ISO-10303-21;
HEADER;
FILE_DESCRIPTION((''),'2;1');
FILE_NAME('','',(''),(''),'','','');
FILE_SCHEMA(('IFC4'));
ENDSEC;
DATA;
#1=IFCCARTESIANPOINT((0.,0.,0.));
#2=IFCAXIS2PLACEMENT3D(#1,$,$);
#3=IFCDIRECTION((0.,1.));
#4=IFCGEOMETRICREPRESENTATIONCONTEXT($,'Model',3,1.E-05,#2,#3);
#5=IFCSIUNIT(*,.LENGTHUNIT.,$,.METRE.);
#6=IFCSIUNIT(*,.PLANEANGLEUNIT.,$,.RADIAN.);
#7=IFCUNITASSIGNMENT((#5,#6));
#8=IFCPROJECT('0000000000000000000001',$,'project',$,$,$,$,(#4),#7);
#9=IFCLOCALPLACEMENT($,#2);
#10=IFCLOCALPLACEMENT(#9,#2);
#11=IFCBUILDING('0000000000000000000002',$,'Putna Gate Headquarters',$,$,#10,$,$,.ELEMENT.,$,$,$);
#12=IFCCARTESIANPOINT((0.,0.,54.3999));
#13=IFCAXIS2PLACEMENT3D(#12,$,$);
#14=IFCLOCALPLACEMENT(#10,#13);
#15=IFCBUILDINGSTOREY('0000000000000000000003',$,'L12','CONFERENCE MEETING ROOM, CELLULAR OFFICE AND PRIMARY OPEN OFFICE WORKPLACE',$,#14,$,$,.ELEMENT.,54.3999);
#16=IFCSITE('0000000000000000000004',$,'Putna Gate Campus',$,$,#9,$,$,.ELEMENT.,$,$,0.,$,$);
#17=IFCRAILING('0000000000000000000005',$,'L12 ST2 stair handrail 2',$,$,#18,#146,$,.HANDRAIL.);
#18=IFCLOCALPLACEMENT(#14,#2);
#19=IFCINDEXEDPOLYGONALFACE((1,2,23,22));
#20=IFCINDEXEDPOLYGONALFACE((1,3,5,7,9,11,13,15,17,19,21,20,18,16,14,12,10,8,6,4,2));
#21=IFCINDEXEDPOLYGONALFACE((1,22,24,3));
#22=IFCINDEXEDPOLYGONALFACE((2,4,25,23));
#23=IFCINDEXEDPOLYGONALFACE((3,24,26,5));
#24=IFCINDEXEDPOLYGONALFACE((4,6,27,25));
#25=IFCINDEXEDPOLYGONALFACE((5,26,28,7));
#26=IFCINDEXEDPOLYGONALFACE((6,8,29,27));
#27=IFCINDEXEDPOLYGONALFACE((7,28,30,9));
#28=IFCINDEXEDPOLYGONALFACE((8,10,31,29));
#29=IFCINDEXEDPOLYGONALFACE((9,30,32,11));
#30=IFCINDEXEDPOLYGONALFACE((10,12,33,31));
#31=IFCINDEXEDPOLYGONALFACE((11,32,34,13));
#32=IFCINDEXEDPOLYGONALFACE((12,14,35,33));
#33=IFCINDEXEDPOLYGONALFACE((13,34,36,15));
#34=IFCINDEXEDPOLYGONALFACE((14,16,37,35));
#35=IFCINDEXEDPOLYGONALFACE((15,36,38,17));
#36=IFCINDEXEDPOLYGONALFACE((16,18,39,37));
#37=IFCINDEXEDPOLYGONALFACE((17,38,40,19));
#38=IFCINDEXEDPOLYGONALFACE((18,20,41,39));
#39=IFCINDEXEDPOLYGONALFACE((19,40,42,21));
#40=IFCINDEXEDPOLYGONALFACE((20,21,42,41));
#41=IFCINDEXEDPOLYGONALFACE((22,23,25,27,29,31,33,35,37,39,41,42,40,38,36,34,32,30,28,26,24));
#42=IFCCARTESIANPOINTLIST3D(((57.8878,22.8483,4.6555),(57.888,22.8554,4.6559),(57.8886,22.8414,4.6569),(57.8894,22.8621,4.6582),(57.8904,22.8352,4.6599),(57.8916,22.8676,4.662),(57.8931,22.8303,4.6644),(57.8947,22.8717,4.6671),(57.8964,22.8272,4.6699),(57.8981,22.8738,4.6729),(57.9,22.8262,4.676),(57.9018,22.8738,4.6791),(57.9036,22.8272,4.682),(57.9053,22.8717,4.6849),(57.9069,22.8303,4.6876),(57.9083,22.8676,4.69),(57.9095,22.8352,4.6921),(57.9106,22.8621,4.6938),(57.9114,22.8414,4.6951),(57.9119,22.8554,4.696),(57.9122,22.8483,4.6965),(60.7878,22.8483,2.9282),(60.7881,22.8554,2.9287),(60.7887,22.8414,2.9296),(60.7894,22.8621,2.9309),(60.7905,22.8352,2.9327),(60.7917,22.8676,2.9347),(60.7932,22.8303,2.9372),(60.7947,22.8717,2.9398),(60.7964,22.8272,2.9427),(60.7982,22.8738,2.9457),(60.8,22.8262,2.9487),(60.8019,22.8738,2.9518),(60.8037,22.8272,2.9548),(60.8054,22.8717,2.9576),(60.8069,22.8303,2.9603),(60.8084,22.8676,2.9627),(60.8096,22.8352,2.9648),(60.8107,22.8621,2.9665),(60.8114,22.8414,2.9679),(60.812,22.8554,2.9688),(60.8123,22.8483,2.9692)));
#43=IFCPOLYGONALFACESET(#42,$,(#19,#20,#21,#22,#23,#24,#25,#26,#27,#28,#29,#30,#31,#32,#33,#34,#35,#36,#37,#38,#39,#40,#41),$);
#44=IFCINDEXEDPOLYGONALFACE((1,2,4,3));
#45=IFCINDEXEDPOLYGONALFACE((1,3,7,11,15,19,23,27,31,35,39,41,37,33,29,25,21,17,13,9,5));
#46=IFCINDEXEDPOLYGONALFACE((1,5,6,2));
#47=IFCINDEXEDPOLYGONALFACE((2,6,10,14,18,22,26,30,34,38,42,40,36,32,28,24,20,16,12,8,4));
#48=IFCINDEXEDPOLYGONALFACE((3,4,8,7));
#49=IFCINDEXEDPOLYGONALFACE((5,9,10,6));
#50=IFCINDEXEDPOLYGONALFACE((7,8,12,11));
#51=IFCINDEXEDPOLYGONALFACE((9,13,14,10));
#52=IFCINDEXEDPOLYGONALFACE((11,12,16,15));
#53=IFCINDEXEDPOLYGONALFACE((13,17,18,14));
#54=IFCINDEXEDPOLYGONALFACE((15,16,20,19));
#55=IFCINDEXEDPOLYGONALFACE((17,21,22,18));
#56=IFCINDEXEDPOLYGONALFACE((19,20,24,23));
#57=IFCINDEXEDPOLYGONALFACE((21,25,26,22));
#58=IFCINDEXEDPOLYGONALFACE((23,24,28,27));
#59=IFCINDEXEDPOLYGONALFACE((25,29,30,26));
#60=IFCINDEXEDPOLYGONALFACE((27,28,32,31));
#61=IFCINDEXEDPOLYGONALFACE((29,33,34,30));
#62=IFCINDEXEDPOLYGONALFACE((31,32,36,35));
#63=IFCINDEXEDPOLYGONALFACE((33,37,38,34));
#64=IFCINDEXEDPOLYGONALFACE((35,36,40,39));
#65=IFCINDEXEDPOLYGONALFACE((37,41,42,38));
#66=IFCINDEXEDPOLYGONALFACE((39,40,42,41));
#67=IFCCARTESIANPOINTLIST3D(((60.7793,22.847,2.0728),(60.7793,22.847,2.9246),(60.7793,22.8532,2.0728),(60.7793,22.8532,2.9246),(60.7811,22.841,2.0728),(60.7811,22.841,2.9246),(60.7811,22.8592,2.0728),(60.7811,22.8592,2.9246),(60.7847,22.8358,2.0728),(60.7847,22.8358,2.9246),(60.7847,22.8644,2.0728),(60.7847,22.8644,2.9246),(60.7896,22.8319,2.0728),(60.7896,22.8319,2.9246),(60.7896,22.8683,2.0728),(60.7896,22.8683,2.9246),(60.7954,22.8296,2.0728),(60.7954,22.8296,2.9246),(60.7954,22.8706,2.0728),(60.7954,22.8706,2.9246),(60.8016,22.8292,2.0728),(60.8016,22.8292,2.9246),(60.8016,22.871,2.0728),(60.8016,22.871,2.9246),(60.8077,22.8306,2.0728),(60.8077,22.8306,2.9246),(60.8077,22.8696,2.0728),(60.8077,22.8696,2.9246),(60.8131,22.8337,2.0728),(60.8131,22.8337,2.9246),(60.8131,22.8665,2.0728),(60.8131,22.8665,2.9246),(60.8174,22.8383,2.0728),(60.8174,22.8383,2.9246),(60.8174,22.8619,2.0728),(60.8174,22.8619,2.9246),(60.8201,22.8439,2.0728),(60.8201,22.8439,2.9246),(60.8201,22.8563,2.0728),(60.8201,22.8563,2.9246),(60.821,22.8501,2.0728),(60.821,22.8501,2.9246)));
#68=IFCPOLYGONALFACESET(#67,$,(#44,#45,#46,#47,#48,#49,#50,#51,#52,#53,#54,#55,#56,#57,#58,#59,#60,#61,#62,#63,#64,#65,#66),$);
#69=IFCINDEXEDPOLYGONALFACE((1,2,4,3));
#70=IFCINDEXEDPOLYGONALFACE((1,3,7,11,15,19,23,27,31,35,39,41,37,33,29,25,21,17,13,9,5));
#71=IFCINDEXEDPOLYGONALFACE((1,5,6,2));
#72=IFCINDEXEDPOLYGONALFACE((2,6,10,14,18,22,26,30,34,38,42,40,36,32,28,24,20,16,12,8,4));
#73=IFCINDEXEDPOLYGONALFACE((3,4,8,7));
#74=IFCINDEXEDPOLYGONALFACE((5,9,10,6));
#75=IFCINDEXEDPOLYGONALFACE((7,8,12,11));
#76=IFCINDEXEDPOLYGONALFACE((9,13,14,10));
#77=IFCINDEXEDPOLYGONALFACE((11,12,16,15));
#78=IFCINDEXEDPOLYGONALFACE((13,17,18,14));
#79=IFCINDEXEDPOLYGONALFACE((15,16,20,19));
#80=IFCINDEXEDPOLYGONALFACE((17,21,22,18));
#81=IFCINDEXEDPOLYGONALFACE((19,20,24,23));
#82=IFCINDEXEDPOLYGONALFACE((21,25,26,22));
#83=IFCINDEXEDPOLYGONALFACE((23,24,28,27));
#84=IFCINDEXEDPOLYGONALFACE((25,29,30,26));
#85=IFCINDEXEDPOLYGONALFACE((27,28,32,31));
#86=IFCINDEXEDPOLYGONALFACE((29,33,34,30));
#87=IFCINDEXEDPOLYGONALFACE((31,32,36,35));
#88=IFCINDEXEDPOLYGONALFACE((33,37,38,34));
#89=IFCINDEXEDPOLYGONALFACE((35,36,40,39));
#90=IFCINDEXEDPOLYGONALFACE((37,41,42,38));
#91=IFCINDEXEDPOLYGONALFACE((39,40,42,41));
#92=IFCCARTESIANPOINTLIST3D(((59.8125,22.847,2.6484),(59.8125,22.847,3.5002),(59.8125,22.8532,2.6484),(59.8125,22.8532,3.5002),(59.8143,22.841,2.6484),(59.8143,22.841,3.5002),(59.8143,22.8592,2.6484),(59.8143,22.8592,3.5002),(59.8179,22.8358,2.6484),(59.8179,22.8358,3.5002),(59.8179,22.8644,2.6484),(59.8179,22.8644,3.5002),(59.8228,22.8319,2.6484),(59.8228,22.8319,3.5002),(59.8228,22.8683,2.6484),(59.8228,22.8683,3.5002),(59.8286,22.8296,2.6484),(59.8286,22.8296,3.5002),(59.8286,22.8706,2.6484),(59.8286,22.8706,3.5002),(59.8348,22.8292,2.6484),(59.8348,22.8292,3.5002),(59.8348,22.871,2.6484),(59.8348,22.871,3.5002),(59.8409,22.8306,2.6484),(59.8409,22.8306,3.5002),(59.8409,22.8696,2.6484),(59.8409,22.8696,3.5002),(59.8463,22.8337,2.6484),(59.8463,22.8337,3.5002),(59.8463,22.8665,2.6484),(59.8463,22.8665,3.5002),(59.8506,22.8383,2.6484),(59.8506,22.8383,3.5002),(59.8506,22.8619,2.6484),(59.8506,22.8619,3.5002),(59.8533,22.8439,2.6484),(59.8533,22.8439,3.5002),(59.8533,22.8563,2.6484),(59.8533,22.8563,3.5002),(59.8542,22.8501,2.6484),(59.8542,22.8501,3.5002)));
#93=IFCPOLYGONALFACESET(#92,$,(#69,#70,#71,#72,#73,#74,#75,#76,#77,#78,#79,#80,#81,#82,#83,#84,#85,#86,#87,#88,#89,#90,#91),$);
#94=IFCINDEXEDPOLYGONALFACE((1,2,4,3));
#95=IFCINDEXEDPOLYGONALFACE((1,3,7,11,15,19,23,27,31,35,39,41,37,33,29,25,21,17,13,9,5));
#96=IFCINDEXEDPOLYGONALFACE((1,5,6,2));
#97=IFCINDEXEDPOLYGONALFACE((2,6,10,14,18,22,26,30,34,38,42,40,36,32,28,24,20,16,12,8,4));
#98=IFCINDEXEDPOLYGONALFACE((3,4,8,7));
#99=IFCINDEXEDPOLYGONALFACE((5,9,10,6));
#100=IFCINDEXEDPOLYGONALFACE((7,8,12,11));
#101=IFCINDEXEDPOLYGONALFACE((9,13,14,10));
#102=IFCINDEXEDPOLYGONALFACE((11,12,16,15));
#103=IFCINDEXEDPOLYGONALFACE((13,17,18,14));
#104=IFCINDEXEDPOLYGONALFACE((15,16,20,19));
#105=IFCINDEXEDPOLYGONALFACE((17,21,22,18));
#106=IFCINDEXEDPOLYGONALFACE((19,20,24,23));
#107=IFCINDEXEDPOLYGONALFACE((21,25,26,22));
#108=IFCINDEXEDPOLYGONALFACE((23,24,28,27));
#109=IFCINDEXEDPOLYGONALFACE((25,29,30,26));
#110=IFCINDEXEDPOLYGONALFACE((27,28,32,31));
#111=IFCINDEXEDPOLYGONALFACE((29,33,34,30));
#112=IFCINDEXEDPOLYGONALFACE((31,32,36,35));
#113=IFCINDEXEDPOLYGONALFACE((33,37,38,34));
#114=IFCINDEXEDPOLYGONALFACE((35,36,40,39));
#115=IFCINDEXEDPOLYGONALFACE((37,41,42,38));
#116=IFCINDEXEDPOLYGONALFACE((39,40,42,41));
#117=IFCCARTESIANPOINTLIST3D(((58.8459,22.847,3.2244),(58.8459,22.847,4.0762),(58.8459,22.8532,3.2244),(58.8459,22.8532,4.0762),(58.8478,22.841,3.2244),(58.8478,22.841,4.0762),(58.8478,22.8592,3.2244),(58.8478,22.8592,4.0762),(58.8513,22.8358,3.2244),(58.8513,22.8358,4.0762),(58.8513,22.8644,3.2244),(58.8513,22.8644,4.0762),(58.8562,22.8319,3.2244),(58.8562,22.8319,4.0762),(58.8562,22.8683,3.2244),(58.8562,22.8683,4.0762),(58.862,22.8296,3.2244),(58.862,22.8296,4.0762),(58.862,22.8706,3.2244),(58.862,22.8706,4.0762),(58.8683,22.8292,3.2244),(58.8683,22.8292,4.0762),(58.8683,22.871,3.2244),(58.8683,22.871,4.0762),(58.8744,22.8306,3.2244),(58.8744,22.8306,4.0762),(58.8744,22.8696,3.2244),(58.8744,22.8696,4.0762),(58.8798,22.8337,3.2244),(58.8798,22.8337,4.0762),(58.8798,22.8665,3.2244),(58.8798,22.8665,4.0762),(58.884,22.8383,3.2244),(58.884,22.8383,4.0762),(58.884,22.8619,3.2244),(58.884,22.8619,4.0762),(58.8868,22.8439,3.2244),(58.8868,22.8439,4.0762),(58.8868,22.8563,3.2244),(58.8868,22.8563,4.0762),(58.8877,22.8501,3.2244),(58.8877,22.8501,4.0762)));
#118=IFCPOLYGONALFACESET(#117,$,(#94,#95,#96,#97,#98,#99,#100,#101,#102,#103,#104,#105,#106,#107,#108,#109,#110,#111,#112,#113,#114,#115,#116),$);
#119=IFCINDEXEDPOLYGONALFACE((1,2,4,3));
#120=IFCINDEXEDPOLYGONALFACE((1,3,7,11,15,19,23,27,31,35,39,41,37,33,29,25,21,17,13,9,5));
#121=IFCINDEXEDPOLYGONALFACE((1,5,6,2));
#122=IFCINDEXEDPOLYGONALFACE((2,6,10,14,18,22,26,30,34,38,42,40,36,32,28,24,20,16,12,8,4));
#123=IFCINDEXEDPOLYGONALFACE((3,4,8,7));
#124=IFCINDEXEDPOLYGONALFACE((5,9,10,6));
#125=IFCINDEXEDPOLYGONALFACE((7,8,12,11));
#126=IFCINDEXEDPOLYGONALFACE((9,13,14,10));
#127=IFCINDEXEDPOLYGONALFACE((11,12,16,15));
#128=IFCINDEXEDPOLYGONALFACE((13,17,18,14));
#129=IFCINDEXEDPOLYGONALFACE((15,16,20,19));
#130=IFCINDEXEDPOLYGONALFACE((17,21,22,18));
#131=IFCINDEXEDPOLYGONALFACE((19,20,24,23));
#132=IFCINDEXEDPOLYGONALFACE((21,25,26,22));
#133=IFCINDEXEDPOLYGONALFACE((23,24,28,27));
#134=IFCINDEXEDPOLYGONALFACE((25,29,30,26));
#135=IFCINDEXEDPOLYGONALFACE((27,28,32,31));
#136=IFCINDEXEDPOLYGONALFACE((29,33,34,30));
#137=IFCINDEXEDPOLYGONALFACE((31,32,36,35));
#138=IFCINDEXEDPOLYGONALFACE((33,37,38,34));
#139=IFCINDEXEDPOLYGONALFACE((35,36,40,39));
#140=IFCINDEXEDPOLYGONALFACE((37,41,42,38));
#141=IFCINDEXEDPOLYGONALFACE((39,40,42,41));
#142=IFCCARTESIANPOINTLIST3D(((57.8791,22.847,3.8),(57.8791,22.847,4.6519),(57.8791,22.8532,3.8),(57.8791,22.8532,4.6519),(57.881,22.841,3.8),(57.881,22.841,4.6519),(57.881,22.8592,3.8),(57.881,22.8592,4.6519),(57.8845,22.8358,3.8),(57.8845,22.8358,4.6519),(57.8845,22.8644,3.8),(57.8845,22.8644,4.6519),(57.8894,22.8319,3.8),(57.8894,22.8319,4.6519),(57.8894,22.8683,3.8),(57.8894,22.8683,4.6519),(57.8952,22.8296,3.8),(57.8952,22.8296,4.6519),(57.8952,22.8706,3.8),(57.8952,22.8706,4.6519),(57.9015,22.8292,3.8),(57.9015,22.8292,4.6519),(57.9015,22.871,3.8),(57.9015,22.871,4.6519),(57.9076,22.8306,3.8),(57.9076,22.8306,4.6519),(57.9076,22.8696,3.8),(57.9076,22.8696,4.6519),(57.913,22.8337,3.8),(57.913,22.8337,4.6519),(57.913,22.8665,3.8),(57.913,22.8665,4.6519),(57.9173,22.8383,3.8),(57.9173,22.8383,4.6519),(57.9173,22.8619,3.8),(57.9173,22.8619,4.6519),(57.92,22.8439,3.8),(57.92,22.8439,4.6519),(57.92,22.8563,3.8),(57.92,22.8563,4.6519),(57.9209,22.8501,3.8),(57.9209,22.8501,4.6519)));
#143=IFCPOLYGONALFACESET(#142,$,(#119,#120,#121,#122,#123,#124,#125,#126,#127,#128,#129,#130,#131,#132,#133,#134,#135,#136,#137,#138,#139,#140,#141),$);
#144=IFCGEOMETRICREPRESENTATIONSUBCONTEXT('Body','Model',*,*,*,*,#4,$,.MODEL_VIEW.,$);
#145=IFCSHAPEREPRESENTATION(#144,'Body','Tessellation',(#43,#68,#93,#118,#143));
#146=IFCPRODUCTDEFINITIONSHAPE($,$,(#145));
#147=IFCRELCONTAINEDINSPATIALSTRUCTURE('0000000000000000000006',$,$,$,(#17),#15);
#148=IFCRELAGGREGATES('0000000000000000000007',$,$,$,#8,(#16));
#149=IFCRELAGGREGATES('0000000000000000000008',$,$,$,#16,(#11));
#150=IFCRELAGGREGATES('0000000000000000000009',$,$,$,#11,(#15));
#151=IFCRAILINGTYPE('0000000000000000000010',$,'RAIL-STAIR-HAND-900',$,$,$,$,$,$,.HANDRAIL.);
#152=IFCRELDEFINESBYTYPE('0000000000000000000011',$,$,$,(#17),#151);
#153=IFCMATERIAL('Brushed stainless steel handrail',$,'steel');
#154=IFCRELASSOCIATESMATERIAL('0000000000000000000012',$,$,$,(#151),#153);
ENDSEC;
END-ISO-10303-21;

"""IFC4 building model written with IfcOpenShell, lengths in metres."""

from ifc_helpers import new_model, si_unit, direction, frame, origin, origin_2d, place, context, subcontext, project, spatial, circle, extrude, material, type_object, element, save


model = new_model("IFC4")

# Units and contexts
model_context = context("Model", 3, precision=1e-05, world=origin(), true_north=direction((0.0, 1.0)))
body_context = subcontext(model_context, "Body", "Model", "MODEL_VIEW")
ifc_project = project(units=[si_unit("LENGTHUNIT", "METRE"), si_unit("PLANEANGLEUNIT", "RADIAN")], contexts=[model_context])

# Site, building, storey
site_placement = place(None, origin())
site = spatial("IfcSite", under=ifc_project, at=site_placement, Name="Putna Gate Campus", CompositionType="ELEMENT", RefElevation=0.0)
building_placement = place(site_placement, origin())
building = spatial("IfcBuilding", under=site, at=building_placement, Name="Putna Gate Headquarters", CompositionType="ELEMENT")
storey_placement = place(building_placement, frame((0.0, 0.0, 54.3999)))
storey = spatial("IfcBuildingStorey", under=building, at=storey_placement, Name="L12", Description="CONFERENCE MEETING ROOM, CELLULAR OFFICE AND PRIMARY OPEN OFFICE WORKPLACE", CompositionType="ELEMENT", Elevation=54.3999)

# Railing
ifc_material_1 = material(Name="Brushed stainless steel handrail", Category="steel")
railing_type_1 = type_object("IfcRailingType", Name="RAIL-STAIR-HAND-900", PredefinedType="HANDRAIL", material=ifc_material_1)
railing_1_placement = place(storey_placement, frame((60.8, 22.8501, 2.0728)))
element("IfcRailing", 1, at=railing_1_placement, inside=storey, type_object=railing_type_1, Name="L12 ST2 stair handrail 2", PredefinedType="HANDRAIL", context=body_context, shape_type="SweptSolid", body=[
    extrude(circle(Radius=0.0239, at=origin_2d()), frame((0.0, 0.0, 0.876), z_axis=(-0.85916, 0.0, 0.511706), x_axis=(0.0, -1.0, 0.0)), (0.0, 0.0, 1.0), 3.3755),
    extrude(circle(Radius=0.021, at=origin_2d()), origin(), (0.0, 0.0, 1.0), 0.8518),
    extrude(circle(Radius=0.021, at=origin_2d()), frame((-0.9668, 0.0, 0.5757)), (0.0, 0.0, 1.0), 0.8518),
    extrude(circle(Radius=0.021, at=origin_2d()), frame((-1.9333, 0.0, 1.1516)), (0.0, 0.0, 1.0), 0.8518),
    extrude(circle(Radius=0.021, at=origin_2d()), frame((-2.9001, 0.0, 1.7273)), (0.0, 0.0, 1.0), 0.8518),
])

save(model, "model.ifc")
